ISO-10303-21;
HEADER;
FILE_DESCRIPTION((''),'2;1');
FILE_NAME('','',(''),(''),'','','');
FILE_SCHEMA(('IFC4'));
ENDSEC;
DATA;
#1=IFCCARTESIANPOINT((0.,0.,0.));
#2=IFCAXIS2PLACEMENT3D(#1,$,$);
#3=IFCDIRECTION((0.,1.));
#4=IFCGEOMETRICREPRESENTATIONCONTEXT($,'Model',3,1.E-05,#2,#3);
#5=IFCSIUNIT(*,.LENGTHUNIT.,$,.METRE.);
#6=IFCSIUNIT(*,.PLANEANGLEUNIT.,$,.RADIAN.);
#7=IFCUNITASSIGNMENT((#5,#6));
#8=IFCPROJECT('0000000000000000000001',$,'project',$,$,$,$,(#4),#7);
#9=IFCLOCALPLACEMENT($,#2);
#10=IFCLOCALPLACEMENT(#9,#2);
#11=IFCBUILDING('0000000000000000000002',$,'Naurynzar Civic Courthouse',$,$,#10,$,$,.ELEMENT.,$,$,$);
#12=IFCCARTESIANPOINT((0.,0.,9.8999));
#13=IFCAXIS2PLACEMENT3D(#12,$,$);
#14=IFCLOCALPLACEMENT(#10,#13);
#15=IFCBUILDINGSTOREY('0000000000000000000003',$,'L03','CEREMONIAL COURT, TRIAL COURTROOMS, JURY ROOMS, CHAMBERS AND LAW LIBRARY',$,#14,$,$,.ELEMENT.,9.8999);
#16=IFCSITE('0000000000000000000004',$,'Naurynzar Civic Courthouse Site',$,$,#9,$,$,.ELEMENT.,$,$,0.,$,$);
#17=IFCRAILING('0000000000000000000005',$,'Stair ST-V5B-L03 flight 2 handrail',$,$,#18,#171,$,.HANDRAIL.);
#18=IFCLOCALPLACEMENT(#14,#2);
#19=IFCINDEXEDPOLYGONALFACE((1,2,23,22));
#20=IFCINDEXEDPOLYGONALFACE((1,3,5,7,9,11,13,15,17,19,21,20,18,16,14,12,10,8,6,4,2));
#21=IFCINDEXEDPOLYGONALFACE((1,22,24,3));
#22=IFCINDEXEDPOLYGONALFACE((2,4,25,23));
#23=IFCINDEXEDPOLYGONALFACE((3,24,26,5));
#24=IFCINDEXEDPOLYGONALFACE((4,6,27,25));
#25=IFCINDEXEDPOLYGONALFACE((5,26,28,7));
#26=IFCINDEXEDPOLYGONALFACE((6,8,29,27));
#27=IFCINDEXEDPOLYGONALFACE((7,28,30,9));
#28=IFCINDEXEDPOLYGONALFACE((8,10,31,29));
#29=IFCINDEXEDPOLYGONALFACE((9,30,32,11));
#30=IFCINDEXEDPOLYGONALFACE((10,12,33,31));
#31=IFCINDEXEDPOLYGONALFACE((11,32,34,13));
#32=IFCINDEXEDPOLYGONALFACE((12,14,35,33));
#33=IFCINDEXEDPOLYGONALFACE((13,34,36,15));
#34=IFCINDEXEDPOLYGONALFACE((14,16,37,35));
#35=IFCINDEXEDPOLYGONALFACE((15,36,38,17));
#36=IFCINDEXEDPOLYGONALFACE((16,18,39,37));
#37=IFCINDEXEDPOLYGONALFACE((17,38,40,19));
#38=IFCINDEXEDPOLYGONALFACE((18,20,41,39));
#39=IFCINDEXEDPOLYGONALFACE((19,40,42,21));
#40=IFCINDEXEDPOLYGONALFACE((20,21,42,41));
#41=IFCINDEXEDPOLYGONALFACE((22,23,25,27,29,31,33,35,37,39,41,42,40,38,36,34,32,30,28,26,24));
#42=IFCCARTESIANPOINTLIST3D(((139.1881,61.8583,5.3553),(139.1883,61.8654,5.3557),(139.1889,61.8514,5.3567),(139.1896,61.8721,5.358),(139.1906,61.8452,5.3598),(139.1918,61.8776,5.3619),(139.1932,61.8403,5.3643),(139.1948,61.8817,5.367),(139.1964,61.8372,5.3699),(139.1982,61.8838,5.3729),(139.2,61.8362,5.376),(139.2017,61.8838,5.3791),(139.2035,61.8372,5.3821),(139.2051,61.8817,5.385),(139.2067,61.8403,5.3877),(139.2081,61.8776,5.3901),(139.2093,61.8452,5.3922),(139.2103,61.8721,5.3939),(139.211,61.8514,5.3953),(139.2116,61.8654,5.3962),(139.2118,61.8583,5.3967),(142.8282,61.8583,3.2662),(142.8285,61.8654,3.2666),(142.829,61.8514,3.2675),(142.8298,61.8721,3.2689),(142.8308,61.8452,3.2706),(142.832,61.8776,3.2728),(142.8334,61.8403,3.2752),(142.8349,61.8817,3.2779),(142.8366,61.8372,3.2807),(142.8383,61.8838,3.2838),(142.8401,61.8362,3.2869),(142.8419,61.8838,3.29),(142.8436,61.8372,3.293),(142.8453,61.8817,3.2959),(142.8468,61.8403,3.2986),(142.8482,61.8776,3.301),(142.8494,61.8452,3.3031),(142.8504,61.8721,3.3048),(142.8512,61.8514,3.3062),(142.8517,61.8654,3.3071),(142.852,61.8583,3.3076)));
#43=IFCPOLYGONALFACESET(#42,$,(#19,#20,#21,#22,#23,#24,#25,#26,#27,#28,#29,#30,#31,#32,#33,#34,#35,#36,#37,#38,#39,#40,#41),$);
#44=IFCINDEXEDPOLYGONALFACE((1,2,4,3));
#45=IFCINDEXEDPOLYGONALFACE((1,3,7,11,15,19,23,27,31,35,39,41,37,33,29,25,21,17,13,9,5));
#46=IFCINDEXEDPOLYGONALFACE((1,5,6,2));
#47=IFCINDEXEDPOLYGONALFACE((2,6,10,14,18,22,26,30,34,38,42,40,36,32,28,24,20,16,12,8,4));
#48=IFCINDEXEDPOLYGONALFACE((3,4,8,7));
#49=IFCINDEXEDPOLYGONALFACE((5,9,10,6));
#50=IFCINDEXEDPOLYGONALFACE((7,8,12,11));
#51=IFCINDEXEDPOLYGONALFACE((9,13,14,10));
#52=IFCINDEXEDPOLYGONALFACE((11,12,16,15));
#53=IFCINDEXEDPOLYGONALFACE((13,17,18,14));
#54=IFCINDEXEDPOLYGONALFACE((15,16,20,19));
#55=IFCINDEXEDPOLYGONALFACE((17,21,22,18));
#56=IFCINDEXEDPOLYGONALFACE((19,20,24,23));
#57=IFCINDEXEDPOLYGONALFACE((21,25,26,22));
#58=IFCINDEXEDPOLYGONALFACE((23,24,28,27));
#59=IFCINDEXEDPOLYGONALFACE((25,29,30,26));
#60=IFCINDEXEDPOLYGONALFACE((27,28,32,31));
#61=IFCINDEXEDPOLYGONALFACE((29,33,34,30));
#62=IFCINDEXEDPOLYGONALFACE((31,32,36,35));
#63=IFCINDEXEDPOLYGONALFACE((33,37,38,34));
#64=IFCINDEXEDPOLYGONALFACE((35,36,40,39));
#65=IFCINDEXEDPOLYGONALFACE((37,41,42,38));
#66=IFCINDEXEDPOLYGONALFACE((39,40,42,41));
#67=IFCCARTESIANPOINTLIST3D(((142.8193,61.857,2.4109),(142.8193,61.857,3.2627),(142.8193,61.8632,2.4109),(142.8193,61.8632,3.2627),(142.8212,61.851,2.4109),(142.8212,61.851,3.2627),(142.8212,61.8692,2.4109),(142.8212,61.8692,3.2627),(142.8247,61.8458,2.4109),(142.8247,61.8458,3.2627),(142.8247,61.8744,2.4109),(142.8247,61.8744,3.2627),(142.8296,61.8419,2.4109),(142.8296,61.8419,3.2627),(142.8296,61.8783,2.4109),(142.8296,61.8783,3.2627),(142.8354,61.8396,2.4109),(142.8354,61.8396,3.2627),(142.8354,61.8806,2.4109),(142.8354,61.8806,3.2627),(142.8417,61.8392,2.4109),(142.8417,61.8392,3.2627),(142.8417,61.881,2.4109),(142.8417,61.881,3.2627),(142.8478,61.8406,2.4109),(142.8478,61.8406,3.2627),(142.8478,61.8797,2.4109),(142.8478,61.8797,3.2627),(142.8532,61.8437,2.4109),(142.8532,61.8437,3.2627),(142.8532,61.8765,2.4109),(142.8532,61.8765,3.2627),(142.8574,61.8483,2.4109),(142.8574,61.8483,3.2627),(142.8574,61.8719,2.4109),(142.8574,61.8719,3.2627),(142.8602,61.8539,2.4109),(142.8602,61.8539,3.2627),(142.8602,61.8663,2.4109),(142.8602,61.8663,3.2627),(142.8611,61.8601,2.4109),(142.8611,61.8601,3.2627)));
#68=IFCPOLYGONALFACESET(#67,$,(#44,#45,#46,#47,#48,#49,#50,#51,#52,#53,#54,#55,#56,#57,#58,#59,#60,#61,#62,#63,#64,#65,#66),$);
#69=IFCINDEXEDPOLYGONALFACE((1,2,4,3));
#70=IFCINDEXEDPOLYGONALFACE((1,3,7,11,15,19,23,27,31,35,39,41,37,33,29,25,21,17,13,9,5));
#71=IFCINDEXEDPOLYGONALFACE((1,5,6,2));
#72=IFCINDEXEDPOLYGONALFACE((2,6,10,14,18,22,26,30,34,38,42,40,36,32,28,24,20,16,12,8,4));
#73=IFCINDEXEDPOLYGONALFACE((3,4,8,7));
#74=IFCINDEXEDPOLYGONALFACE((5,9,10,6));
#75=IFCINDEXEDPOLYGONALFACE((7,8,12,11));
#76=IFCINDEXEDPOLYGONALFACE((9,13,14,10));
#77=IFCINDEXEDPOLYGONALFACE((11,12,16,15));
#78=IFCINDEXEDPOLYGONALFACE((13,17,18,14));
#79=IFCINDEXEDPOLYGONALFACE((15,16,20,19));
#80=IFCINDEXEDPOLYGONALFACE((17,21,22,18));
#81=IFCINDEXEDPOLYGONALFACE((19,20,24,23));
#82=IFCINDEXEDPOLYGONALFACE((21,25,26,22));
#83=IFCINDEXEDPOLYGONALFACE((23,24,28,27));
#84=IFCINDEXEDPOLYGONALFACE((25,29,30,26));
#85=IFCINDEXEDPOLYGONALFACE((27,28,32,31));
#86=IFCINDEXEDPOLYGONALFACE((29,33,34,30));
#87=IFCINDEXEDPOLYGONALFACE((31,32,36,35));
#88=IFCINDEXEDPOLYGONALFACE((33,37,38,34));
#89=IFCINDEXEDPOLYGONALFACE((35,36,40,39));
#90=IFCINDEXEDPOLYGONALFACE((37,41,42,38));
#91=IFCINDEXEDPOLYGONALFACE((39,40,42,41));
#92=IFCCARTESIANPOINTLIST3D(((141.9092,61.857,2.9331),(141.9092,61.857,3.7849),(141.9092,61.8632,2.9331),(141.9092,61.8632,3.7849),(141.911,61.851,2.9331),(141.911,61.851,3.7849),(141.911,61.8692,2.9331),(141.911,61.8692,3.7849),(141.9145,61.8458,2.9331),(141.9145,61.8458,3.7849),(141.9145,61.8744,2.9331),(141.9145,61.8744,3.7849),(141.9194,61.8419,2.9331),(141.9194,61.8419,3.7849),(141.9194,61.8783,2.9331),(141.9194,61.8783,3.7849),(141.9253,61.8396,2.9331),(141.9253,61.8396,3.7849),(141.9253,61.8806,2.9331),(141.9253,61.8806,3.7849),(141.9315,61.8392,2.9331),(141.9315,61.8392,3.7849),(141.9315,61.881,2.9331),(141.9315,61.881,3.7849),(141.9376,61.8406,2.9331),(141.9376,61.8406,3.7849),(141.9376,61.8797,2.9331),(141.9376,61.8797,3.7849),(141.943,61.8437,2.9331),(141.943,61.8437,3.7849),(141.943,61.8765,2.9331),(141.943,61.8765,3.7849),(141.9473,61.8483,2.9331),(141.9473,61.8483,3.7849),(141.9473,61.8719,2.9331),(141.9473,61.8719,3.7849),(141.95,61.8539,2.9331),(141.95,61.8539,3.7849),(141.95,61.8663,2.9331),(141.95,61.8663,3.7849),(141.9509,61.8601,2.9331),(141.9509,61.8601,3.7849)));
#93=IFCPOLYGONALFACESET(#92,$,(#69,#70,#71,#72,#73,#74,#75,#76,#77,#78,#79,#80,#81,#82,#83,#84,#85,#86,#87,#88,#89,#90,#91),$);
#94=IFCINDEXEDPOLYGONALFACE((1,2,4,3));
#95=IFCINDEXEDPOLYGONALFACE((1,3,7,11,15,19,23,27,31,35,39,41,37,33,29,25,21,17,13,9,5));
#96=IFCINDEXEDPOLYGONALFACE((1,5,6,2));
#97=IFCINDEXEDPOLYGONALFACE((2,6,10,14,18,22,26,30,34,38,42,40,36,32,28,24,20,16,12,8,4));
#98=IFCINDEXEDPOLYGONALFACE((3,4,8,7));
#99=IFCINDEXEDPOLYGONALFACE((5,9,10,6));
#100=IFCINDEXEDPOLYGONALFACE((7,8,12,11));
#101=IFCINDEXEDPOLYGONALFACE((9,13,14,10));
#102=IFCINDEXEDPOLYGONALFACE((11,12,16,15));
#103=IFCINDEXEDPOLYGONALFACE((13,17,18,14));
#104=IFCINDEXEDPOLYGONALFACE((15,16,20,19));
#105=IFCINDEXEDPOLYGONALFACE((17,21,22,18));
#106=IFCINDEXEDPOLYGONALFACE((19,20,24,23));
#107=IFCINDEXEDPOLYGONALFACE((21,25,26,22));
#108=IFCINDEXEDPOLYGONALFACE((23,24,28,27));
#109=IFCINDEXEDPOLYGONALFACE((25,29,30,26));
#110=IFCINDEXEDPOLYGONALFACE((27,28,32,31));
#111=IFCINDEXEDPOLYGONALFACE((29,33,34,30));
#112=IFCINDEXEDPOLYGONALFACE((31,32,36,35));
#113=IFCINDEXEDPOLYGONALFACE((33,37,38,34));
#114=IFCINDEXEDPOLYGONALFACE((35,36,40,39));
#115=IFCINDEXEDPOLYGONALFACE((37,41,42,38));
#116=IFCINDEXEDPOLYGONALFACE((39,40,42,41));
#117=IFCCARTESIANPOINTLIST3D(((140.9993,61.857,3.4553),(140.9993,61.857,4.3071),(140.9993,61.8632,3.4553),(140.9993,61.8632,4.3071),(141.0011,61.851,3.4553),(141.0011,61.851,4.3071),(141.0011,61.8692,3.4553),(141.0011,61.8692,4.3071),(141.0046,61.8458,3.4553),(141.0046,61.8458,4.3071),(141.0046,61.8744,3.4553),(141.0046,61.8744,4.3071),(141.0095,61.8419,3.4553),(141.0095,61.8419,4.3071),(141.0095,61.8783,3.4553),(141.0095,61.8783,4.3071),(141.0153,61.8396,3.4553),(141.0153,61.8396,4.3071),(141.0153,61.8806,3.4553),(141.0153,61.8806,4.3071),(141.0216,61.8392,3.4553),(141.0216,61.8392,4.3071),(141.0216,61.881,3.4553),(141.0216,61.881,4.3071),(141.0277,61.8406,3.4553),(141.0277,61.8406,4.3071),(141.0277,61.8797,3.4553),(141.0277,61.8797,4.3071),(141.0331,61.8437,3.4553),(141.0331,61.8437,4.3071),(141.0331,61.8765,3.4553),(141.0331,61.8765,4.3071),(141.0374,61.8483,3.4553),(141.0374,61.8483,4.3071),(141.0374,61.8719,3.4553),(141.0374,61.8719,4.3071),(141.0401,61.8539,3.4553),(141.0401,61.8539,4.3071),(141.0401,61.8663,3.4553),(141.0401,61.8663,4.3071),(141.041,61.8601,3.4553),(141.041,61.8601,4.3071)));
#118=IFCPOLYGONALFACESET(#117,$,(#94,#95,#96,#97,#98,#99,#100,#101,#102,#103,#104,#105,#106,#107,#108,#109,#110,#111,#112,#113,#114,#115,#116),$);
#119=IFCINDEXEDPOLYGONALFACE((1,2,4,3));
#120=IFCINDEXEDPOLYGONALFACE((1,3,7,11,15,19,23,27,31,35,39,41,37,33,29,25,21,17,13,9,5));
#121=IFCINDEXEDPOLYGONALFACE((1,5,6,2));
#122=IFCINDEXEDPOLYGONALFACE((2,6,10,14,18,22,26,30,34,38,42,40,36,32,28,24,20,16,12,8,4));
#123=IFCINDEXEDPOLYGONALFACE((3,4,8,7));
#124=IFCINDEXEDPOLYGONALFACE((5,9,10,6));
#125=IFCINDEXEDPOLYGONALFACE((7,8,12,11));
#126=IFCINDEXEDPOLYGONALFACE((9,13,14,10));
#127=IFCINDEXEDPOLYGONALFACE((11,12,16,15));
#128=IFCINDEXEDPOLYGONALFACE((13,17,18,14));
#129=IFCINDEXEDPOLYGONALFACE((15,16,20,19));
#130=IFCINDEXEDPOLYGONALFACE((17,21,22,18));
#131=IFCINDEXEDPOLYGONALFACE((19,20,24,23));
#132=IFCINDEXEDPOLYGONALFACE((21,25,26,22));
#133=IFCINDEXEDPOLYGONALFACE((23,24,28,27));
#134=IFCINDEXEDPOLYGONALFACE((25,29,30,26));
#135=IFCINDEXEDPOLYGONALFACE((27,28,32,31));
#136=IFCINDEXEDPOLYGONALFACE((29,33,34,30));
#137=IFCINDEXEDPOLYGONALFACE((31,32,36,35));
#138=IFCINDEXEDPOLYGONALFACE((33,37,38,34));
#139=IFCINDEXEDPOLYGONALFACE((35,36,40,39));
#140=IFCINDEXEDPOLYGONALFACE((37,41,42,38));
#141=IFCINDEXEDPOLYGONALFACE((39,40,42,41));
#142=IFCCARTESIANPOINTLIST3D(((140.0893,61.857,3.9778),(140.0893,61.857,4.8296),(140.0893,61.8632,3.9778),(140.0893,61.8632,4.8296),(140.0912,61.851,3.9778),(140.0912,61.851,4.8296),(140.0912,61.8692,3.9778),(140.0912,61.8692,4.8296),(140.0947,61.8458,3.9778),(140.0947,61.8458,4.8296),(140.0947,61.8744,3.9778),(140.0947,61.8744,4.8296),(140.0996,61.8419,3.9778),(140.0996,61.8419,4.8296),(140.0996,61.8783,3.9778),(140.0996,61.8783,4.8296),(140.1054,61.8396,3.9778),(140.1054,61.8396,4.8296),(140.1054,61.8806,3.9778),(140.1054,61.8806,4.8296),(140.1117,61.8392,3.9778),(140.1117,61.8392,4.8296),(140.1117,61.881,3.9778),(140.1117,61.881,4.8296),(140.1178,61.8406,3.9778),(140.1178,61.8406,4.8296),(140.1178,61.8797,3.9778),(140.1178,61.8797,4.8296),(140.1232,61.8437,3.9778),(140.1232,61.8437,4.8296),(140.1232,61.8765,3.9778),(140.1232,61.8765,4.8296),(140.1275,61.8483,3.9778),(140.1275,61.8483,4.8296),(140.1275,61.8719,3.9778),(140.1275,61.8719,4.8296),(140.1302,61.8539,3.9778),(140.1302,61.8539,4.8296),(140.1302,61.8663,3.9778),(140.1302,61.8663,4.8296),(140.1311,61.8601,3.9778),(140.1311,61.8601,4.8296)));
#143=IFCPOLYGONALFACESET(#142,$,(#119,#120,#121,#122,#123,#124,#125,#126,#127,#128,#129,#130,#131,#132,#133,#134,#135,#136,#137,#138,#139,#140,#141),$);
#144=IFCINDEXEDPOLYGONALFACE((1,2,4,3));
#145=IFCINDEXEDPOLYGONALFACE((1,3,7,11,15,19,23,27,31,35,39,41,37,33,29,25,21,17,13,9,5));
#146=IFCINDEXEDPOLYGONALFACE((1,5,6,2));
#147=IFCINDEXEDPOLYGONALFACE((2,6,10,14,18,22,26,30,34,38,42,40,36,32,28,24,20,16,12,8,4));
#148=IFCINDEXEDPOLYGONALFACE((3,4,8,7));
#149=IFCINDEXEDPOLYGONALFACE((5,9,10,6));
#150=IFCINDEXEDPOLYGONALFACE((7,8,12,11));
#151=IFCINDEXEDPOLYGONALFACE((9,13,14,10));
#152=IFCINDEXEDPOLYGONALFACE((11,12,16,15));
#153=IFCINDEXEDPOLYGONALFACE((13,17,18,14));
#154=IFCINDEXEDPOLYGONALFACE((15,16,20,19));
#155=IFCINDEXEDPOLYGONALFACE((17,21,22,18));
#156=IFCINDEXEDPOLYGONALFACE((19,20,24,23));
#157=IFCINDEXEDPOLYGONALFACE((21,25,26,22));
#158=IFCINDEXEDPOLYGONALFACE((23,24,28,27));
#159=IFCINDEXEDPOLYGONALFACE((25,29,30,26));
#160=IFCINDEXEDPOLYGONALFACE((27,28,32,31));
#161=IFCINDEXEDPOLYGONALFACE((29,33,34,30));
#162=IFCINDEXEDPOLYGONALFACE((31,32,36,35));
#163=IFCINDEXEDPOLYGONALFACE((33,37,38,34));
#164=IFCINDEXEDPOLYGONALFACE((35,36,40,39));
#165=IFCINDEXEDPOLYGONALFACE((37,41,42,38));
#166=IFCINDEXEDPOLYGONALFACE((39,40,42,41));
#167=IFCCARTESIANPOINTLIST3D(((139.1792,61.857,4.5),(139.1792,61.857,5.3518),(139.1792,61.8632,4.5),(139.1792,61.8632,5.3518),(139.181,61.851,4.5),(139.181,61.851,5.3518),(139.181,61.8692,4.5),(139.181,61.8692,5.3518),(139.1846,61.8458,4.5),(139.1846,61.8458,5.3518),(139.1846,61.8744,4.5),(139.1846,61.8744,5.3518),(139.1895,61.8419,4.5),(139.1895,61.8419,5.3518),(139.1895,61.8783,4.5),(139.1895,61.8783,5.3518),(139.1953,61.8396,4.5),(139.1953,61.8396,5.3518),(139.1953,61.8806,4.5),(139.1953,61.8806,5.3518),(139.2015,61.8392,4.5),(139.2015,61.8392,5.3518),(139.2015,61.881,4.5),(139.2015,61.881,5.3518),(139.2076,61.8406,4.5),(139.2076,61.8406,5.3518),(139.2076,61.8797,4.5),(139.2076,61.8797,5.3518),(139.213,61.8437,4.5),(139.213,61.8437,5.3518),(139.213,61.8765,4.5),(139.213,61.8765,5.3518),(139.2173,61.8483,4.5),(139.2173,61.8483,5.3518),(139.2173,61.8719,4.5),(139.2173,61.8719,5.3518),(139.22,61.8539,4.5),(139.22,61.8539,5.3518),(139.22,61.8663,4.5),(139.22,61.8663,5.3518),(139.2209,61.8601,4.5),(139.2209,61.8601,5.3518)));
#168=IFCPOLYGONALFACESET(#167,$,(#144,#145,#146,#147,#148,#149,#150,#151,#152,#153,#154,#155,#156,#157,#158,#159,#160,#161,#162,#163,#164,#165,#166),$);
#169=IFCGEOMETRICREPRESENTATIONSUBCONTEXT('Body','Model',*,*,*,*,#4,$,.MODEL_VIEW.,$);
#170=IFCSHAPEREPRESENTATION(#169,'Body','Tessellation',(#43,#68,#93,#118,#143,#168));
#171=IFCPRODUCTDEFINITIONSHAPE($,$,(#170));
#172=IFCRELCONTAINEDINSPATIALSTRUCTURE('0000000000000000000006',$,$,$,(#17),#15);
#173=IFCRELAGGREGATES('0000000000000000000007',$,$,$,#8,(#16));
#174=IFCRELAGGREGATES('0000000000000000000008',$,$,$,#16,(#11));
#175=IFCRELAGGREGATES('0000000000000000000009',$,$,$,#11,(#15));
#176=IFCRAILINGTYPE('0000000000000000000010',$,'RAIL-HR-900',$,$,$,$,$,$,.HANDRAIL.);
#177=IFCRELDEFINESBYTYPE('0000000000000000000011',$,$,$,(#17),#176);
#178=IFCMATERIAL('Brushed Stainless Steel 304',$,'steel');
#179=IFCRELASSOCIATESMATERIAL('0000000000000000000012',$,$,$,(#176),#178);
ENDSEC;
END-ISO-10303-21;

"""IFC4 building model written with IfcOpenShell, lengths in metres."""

from ifc_helpers import new_model, si_unit, direction, frame, origin, origin_2d, place, context, subcontext, project, spatial, circle, extrude, material, type_object, element, save


model = new_model("IFC4")

# Units and contexts
model_context = context("Model", 3, precision=1e-05, world=origin(), true_north=direction((0.0, 1.0)))
body_context = subcontext(model_context, "Body", "Model", "MODEL_VIEW")
ifc_project = project(units=[si_unit("LENGTHUNIT", "METRE"), si_unit("PLANEANGLEUNIT", "RADIAN")], contexts=[model_context])

# Site, building, storey
site_placement = place(None, origin())
site = spatial("IfcSite", under=ifc_project, at=site_placement, Name="Naurynzar Civic Courthouse Site", CompositionType="ELEMENT", RefElevation=0.0)
building_placement = place(site_placement, origin())
building = spatial("IfcBuilding", under=site, at=building_placement, Name="Naurynzar Civic Courthouse", CompositionType="ELEMENT")
storey_placement = place(building_placement, frame((0.0, 0.0, 9.8999)))
storey = spatial("IfcBuildingStorey", under=building, at=storey_placement, Name="L03", Description="CEREMONIAL COURT, TRIAL COURTROOMS, JURY ROOMS, CHAMBERS AND LAW LIBRARY", CompositionType="ELEMENT", Elevation=9.8999)

# Railing
ifc_material_1 = material(Name="Brushed Stainless Steel 304", Category="steel")
railing_type_1 = type_object("IfcRailingType", Name="RAIL-HR-900", PredefinedType="HANDRAIL", material=ifc_material_1)
railing_1_placement = place(storey_placement, frame((142.8401, 61.8601, 2.4109)))
element("IfcRailing", 1, at=railing_1_placement, inside=storey, type_object=railing_type_1, Name="Stair ST-V5B-L03 flight 2 handrail", PredefinedType="HANDRAIL", context=body_context, shape_type="SweptSolid", body=[
    extrude(circle(Radius=0.0239, at=origin_2d()), frame((0.0, 0.0, 0.876), z_axis=(-0.867314, 0.0, 0.497761), x_axis=(0.0, -1.0, 0.0)), (0.0, 0.0, 1.0), 4.197),
    extrude(circle(Radius=0.021, at=origin_2d()), origin(), (0.0, 0.0, 1.0), 0.8518),
    extrude(circle(Radius=0.021, at=origin_2d()), frame((-0.9102, 0.0, 0.5222)), (0.0, 0.0, 1.0), 0.8518),
    extrude(circle(Radius=0.021, at=origin_2d()), frame((-1.8201, 0.0, 1.0444)), (0.0, 0.0, 1.0), 0.8518),
    extrude(circle(Radius=0.021, at=origin_2d()), frame((-2.73, 0.0, 1.5669)), (0.0, 0.0, 1.0), 0.8518),
    extrude(circle(Radius=0.021, at=origin_2d()), frame((-3.6401, 0.0, 2.0891)), (0.0, 0.0, 1.0), 0.8518),
])

save(model, "model.ifc")
